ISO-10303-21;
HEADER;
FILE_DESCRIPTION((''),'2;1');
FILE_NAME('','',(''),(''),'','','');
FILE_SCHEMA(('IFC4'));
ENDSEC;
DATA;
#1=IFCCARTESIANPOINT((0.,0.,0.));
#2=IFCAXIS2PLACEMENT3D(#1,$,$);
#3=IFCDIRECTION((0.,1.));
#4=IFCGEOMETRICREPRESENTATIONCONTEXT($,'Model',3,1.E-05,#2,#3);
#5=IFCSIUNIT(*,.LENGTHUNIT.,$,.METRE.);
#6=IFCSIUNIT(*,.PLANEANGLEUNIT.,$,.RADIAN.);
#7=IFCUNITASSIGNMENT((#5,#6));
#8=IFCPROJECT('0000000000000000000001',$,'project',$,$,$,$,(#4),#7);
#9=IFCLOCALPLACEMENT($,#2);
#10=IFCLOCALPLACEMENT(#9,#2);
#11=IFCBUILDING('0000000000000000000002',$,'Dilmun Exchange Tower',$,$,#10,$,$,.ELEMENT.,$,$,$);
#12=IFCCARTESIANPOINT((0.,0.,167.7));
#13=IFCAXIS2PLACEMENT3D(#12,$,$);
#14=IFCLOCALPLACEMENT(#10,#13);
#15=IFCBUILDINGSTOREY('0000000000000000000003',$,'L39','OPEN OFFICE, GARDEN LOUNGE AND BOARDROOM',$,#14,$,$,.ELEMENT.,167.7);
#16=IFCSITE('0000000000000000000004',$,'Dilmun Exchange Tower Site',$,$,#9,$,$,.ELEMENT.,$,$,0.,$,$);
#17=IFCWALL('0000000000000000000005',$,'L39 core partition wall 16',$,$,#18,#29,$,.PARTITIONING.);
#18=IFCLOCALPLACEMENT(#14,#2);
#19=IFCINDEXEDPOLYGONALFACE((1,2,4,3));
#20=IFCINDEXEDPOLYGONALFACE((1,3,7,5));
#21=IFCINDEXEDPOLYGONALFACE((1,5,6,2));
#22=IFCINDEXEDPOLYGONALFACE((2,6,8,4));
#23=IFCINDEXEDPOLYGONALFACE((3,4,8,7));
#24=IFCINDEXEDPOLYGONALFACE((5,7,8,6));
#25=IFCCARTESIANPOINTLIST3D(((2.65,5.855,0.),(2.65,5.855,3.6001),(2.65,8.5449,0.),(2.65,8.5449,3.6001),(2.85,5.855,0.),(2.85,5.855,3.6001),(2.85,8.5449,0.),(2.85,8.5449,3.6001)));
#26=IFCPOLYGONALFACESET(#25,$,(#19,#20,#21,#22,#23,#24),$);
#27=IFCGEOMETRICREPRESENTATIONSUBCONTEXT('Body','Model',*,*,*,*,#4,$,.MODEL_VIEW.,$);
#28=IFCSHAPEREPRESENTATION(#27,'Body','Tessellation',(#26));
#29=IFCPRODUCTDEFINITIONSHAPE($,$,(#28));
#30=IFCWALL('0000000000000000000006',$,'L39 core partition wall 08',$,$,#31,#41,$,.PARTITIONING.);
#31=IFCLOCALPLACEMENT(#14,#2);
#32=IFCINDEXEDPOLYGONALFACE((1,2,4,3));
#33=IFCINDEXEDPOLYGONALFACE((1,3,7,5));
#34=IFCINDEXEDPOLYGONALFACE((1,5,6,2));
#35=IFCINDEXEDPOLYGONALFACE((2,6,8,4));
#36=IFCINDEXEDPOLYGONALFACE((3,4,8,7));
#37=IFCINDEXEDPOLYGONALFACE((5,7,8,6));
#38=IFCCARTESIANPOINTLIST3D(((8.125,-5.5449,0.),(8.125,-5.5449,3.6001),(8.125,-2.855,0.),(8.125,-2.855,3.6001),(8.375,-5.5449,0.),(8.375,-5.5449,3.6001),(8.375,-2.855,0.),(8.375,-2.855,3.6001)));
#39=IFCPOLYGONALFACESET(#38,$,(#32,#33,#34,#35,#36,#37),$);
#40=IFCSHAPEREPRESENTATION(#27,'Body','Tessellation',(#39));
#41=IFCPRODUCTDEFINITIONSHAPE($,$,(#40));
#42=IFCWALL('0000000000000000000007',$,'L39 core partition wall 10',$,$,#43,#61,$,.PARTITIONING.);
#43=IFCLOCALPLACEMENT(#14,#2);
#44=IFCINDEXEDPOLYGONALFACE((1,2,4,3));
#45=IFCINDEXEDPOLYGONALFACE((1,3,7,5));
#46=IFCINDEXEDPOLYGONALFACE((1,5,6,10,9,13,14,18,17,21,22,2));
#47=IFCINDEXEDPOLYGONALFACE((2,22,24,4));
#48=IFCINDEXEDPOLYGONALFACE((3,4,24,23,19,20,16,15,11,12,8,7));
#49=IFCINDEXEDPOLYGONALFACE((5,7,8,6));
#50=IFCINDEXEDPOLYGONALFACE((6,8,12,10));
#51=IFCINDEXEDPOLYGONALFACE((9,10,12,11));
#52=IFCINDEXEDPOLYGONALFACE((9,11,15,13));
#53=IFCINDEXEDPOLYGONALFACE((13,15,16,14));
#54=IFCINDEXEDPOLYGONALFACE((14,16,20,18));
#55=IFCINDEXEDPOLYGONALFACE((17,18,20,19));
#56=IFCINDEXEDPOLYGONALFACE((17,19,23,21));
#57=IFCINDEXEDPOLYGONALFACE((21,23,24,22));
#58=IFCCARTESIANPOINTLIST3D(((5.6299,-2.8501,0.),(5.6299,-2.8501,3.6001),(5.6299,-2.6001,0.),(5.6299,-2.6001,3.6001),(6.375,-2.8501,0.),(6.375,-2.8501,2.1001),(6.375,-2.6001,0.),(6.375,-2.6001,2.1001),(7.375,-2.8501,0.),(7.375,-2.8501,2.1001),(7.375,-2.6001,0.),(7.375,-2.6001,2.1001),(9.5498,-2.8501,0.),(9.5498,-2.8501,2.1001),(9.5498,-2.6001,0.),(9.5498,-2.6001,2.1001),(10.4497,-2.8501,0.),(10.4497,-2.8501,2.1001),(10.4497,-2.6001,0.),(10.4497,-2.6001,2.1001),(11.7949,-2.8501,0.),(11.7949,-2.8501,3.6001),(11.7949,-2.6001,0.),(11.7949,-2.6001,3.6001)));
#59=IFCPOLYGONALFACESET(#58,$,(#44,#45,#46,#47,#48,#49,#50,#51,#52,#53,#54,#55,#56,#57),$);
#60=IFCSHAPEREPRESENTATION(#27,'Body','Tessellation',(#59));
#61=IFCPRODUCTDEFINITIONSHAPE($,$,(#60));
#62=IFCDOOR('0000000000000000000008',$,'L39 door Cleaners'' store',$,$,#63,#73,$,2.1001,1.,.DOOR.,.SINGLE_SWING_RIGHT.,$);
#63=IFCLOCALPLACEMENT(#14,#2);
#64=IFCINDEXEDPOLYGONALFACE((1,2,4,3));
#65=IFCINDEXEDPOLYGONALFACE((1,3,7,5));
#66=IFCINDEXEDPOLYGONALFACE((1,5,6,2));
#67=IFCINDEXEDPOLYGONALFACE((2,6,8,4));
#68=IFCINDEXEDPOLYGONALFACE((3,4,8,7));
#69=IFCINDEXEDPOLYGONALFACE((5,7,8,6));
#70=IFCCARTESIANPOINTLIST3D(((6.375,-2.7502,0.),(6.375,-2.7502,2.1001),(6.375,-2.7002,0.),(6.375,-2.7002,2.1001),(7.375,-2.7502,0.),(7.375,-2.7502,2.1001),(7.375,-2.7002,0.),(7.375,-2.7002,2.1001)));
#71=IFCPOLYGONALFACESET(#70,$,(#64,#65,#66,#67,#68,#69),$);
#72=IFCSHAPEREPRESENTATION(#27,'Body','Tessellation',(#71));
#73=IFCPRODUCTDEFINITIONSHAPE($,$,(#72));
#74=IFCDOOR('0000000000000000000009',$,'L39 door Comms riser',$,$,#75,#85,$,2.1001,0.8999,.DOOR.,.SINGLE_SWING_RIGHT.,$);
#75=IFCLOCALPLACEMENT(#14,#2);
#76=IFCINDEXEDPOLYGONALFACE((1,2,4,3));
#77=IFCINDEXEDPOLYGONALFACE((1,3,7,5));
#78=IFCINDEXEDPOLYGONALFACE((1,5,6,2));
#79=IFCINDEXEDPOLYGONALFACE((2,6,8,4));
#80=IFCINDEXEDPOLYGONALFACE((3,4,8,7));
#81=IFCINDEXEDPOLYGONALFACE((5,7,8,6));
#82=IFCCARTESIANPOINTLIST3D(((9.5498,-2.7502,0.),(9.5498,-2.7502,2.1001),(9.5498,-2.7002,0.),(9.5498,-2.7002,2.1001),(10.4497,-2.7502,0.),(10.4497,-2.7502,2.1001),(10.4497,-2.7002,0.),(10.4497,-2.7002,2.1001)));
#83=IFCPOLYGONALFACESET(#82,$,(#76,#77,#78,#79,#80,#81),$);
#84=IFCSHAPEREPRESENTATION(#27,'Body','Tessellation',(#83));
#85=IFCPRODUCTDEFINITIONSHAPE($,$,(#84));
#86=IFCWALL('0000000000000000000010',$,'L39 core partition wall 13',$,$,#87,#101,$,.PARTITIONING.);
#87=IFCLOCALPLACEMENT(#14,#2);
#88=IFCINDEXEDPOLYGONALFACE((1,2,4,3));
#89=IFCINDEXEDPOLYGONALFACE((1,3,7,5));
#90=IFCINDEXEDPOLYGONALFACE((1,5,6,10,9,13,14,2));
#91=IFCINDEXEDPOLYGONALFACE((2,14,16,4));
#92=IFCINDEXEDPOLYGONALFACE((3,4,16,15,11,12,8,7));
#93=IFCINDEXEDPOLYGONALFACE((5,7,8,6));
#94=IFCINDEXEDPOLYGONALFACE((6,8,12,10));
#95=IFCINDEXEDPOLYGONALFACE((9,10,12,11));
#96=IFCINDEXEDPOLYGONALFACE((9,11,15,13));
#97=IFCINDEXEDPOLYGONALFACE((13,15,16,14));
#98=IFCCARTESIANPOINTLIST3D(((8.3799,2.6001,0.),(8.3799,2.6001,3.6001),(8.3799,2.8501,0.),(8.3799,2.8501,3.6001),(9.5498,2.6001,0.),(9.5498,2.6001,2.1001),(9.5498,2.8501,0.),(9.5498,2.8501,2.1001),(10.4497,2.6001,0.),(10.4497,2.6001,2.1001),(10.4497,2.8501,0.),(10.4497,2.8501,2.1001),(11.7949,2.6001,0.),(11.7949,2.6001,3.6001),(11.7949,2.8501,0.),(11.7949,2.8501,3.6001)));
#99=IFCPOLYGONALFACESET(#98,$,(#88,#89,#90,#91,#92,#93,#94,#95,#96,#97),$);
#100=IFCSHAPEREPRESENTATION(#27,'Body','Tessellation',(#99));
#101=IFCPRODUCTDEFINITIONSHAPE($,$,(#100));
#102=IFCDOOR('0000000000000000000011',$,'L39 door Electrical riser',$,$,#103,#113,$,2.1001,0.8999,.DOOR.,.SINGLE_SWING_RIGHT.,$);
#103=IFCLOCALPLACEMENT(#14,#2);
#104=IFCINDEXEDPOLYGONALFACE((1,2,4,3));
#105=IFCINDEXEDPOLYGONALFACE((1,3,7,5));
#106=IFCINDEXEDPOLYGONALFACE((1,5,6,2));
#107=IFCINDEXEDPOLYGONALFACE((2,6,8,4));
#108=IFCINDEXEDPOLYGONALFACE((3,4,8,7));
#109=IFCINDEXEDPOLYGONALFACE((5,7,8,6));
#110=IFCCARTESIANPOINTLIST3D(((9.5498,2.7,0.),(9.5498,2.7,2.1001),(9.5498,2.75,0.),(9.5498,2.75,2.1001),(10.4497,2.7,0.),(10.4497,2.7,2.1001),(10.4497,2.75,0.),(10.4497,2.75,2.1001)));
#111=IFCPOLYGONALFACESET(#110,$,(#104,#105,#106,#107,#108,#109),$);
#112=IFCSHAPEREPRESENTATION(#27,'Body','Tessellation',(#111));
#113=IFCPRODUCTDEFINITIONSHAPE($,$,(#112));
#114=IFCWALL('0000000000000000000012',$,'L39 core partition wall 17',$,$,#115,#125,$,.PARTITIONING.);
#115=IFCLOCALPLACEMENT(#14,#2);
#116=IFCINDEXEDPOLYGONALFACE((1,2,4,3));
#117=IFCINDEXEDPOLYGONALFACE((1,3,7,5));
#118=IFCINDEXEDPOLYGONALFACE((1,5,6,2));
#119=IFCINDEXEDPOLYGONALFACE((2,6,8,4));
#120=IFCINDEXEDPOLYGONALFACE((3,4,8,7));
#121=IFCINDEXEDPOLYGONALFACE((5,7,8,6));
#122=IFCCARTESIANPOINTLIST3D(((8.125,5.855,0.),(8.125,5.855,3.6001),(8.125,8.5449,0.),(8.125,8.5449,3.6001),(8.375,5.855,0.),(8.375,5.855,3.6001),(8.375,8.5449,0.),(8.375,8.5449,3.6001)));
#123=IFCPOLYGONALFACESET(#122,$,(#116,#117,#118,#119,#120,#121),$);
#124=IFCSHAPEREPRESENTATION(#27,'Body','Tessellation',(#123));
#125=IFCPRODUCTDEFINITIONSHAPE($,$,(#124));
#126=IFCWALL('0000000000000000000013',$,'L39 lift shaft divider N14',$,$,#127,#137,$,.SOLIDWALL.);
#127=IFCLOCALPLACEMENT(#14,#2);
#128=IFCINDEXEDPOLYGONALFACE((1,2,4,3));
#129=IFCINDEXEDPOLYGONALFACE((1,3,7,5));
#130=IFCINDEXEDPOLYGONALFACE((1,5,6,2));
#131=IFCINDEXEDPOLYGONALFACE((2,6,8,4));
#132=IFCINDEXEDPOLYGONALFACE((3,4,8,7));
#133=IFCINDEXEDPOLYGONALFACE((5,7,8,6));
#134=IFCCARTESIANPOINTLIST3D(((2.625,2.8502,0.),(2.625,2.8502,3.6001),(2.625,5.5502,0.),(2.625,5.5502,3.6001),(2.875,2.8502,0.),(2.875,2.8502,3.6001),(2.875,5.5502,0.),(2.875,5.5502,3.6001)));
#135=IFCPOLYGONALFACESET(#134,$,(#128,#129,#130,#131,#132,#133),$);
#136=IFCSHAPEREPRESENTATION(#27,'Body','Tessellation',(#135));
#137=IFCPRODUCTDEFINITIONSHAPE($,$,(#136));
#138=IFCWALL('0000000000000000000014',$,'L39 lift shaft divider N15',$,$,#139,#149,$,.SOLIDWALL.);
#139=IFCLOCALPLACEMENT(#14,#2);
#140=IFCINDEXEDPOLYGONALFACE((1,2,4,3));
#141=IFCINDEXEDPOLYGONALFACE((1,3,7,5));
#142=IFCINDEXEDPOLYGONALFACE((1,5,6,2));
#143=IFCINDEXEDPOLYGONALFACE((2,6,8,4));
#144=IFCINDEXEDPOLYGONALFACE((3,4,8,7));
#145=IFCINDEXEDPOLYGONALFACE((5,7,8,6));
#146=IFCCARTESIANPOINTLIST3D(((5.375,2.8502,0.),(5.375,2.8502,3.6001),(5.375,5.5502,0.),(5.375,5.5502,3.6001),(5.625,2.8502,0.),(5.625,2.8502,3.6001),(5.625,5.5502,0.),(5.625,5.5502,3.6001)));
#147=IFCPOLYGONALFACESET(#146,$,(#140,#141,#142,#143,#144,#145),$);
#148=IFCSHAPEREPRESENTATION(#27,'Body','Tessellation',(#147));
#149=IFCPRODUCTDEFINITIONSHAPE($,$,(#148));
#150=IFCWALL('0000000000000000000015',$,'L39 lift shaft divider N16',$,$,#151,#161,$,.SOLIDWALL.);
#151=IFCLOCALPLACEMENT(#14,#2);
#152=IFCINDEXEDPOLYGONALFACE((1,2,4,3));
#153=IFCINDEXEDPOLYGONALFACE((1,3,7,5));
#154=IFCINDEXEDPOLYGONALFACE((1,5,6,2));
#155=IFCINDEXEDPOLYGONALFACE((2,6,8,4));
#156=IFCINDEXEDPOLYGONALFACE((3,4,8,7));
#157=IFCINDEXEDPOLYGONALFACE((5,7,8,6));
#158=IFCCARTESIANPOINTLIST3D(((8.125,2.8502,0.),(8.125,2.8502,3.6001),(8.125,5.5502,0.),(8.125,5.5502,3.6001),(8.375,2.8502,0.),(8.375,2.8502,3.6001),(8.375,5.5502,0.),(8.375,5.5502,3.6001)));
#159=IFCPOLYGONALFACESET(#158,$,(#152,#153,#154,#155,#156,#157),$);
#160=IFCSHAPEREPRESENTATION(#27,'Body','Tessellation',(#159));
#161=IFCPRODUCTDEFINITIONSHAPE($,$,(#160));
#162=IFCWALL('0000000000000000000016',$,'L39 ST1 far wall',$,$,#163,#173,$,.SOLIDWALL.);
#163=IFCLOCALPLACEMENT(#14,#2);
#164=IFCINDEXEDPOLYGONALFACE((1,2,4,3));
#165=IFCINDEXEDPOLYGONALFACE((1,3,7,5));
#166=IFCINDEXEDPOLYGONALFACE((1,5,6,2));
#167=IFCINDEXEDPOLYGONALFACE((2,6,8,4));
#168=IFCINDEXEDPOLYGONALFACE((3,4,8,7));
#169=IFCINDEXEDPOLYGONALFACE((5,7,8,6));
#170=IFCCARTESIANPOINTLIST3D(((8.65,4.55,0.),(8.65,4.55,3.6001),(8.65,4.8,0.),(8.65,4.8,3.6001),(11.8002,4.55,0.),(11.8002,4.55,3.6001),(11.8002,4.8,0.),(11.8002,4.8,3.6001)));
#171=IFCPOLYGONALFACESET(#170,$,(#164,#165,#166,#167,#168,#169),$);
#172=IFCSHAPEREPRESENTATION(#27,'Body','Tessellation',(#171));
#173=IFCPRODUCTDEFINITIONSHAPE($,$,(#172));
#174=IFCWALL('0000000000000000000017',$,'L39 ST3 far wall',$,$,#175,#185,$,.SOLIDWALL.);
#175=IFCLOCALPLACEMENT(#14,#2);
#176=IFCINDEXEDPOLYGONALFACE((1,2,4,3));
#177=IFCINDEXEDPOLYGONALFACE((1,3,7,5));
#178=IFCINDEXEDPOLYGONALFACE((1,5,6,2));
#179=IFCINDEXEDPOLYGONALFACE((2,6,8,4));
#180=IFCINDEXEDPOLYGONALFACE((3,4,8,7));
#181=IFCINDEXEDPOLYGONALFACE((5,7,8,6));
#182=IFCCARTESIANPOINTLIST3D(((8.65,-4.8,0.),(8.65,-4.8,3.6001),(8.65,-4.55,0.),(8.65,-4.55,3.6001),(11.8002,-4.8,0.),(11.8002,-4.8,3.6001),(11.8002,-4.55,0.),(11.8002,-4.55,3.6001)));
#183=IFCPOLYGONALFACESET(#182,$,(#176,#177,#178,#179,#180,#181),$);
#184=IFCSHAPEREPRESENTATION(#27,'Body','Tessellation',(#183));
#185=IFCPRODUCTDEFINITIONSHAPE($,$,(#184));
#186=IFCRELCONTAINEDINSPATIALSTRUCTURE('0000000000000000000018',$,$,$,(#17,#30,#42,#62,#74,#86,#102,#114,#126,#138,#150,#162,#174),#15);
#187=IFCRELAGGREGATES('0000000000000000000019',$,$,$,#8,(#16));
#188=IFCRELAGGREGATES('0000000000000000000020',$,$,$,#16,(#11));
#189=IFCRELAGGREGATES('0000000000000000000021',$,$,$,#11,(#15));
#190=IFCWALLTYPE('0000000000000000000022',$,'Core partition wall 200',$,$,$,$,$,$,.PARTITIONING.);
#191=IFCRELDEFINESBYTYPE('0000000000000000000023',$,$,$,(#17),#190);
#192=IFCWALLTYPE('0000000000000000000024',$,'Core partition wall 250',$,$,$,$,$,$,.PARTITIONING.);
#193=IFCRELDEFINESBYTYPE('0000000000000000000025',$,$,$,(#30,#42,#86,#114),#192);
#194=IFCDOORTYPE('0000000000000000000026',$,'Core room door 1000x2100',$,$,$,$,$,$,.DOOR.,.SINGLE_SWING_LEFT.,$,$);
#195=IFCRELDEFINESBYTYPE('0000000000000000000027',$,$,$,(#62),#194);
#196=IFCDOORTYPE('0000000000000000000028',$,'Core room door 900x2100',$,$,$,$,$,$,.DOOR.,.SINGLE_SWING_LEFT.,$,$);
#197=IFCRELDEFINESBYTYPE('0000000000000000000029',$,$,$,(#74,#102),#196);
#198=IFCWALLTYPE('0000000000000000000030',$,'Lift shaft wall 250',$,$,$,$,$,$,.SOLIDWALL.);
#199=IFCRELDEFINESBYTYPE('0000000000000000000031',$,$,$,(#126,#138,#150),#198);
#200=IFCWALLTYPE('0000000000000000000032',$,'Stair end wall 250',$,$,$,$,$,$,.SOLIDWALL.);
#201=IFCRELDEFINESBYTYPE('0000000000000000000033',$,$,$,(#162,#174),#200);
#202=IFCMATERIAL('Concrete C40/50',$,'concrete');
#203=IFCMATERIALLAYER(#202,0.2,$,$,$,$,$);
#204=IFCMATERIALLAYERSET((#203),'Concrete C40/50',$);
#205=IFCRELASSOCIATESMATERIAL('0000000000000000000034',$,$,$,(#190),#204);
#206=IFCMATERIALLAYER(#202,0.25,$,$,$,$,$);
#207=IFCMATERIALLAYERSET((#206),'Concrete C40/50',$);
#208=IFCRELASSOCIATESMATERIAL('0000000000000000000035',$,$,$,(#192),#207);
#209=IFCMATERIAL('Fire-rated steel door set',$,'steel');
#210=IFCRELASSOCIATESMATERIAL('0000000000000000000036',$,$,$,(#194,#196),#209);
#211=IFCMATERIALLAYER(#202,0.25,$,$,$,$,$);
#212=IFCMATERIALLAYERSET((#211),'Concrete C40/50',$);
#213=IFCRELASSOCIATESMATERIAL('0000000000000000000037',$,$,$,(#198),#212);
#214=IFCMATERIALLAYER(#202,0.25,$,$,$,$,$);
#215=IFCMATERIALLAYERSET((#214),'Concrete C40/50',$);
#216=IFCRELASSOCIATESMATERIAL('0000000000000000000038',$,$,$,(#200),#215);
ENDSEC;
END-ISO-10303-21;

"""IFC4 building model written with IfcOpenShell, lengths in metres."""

from ifc_helpers import new_model, si_unit, direction, frame, frame_2d, origin, place, context, subcontext, project, spatial, rectangle, extrude, material, layer, layer_set, type_object, element, fill, save


model = new_model("IFC4")

# Units and contexts
model_context = context("Model", 3, precision=1e-05, world=origin(), true_north=direction((0.0, 1.0)))
body_context = subcontext(model_context, "Body", "Model", "MODEL_VIEW")
ifc_project = project(units=[si_unit("LENGTHUNIT", "METRE"), si_unit("PLANEANGLEUNIT", "RADIAN")], contexts=[model_context])

# Site, building, storey
site_placement = place(None, origin())
site = spatial("IfcSite", under=ifc_project, at=site_placement, Name="Dilmun Exchange Tower Site", CompositionType="ELEMENT", RefElevation=0.0)
building_placement = place(site_placement, origin())
building = spatial("IfcBuilding", under=site, at=building_placement, Name="Dilmun Exchange Tower", CompositionType="ELEMENT")
storey_placement = place(building_placement, frame((0.0, 0.0, 167.7)))
storey = spatial("IfcBuildingStorey", under=building, at=storey_placement, Name="L39", Description="OPEN OFFICE, GARDEN LOUNGE AND BOARDROOM", CompositionType="ELEMENT", Elevation=167.7)

# Shared definitions
ifc_material_1 = material(Name="Concrete C40/50", Category="concrete")
ifc_layer_1 = layer(ifc_material_1, 0.2)
ifc_layer_set_1 = layer_set([ifc_layer_1], Name="Concrete C40/50")
wall_type_1 = type_object("IfcWallType", Name="Core partition wall 200", PredefinedType="PARTITIONING", material=ifc_layer_set_1)
ifc_material_2 = material(Name="Fire-rated steel door set", Category="steel")

# Walls
wall_1_placement = place(storey_placement, frame((2.75, 5.855, 0.0), z_axis=(0.0, 0.0, 1.0), x_axis=(0.0, 1.0, 0.0)))
element("IfcWall", 1, at=wall_1_placement, inside=storey, type_object=wall_type_1, Name="L39 core partition wall 16", PredefinedType="PARTITIONING", context=body_context, shape_type="SweptSolid", body=[
    extrude(rectangle(XDim=2.6899, YDim=0.2, at=frame_2d((1.345, 0.0))), origin(), (0.0, 0.0, 1.0), 3.6001),
])
ifc_layer_2 = layer(ifc_material_1, 0.25)
ifc_layer_set_2 = layer_set([ifc_layer_2], Name="Concrete C40/50")
wall_type_2 = type_object("IfcWallType", Name="Core partition wall 250", PredefinedType="PARTITIONING", material=ifc_layer_set_2)
wall_2_placement = place(storey_placement, frame((8.25, -5.5449, 0.0), z_axis=(0.0, 0.0, 1.0), x_axis=(0.0, 1.0, 0.0)))
element("IfcWall", 2, at=wall_2_placement, inside=storey, type_object=wall_type_2, Name="L39 core partition wall 08", PredefinedType="PARTITIONING", context=body_context, shape_type="SweptSolid", body=[
    extrude(rectangle(XDim=2.6899, YDim=0.25, at=frame_2d((1.345, 0.0))), origin(), (0.0, 0.0, 1.0), 3.6001),
])

# Wall, openings, doors
wall_3_placement = place(storey_placement, frame((5.6299, -2.7251, 0.0), z_axis=(0.0, 0.0, 1.0), x_axis=(1.0, 0.0, 0.0)))
wall_3 = element("IfcWall", 3, at=wall_3_placement, inside=storey, type_object=wall_type_2, Name="L39 core partition wall 10", PredefinedType="PARTITIONING", context=body_context, shape_type="SweptSolid", body=[
    extrude(rectangle(XDim=6.165, YDim=0.25, at=frame_2d((3.0825, 0.0))), origin(), (0.0, 0.0, 1.0), 3.6001),
])
opening_1_placement = place(wall_3_placement, frame((0.7451, 0.0, 0.0)))
opening_1 = element("IfcOpeningElement", 4, at=opening_1_placement, cuts=wall_3, PredefinedType="OPENING", context=body_context, shape_type="SweptSolid", body=[
    extrude(rectangle(XDim=1.0, YDim=2.1001, at=frame_2d((0.5, 1.05))), frame((0.0, 0.135, 0.0), z_axis=(0.0, -1.0, 0.0), x_axis=(1.0, 0.0, 0.0)), (0.0, 0.0, 1.0), 0.27),
])
opening_2_placement = place(wall_3_placement, frame((3.9199, 0.0, 0.0)))
opening_2 = element("IfcOpeningElement", 5, at=opening_2_placement, cuts=wall_3, PredefinedType="OPENING", context=body_context, shape_type="SweptSolid", body=[
    extrude(rectangle(XDim=0.8999, YDim=2.1001, at=frame_2d((0.45, 1.05))), frame((0.0, 0.135, 0.0), z_axis=(0.0, -1.0, 0.0), x_axis=(1.0, 0.0, 0.0)), (0.0, 0.0, 1.0), 0.27),
])
door_type_1 = type_object("IfcDoorType", Name="Core room door 1000x2100", OperationType="SINGLE_SWING_LEFT", PredefinedType="DOOR", material=ifc_material_2)
door_1_placement = place(opening_1_placement, origin())
door_1 = element("IfcDoor", 6, at=door_1_placement, inside=storey, type_object=door_type_1, Name="L39 door Cleaners' store", OperationType="SINGLE_SWING_RIGHT", OverallHeight=2.1001, OverallWidth=1.0, PredefinedType="DOOR", context=body_context, shape_type="SweptSolid", body=[
    extrude(rectangle(XDim=1.0, YDim=2.1001, at=frame_2d((0.5, 1.05))), frame((0.0, 0.0249, 0.0), z_axis=(0.0, -1.0, 0.0), x_axis=(1.0, 0.0, 0.0)), (0.0, 0.0, 1.0), 0.05),
])
fill(opening_1, door_1)
door_type_2 = type_object("IfcDoorType", Name="Core room door 900x2100", OperationType="SINGLE_SWING_LEFT", PredefinedType="DOOR", material=ifc_material_2)
door_2_placement = place(opening_2_placement, origin())
door_2 = element("IfcDoor", 7, at=door_2_placement, inside=storey, type_object=door_type_2, Name="L39 door Comms riser", OperationType="SINGLE_SWING_RIGHT", OverallHeight=2.1001, OverallWidth=0.8999, PredefinedType="DOOR", context=body_context, shape_type="SweptSolid", body=[
    extrude(rectangle(XDim=0.8999, YDim=2.1001, at=frame_2d((0.45, 1.05))), frame((0.0, 0.0249, 0.0), z_axis=(0.0, -1.0, 0.0), x_axis=(1.0, 0.0, 0.0)), (0.0, 0.0, 1.0), 0.05),
])
fill(opening_2, door_2)

# Wall, opening, door
wall_4_placement = place(storey_placement, frame((8.3799, 2.7251, 0.0), z_axis=(0.0, 0.0, 1.0), x_axis=(1.0, 0.0, 0.0)))
wall_4 = element("IfcWall", 8, at=wall_4_placement, inside=storey, type_object=wall_type_2, Name="L39 core partition wall 13", PredefinedType="PARTITIONING", context=body_context, shape_type="SweptSolid", body=[
    extrude(rectangle(XDim=3.415, YDim=0.25, at=frame_2d((1.7075, 0.0))), origin(), (0.0, 0.0, 1.0), 3.6001),
])
opening_3_placement = place(wall_4_placement, frame((1.1699, 0.0, 0.0)))
opening_3 = element("IfcOpeningElement", 9, at=opening_3_placement, cuts=wall_4, PredefinedType="OPENING", context=body_context, shape_type="SweptSolid", body=[
    extrude(rectangle(XDim=0.8999, YDim=2.1001, at=frame_2d((0.45, 1.05))), frame((0.0, 0.135, 0.0), z_axis=(0.0, -1.0, 0.0), x_axis=(1.0, 0.0, 0.0)), (0.0, 0.0, 1.0), 0.27),
])
door_3_placement = place(opening_3_placement, origin())
door_3 = element("IfcDoor", 10, at=door_3_placement, inside=storey, type_object=door_type_2, Name="L39 door Electrical riser", OperationType="SINGLE_SWING_RIGHT", OverallHeight=2.1001, OverallWidth=0.8999, PredefinedType="DOOR", context=body_context, shape_type="SweptSolid", body=[
    extrude(rectangle(XDim=0.8999, YDim=2.1001, at=frame_2d((0.45, 1.05))), frame((0.0, 0.0249, 0.0), z_axis=(0.0, -1.0, 0.0), x_axis=(1.0, 0.0, 0.0)), (0.0, 0.0, 1.0), 0.05),
])
fill(opening_3, door_3)

# Walls
wall_5_placement = place(storey_placement, frame((8.25, 5.855, 0.0), z_axis=(0.0, 0.0, 1.0), x_axis=(0.0, 1.0, 0.0)))
element("IfcWall", 11, at=wall_5_placement, inside=storey, type_object=wall_type_2, Name="L39 core partition wall 17", PredefinedType="PARTITIONING", context=body_context, shape_type="SweptSolid", body=[
    extrude(rectangle(XDim=2.6899, YDim=0.25, at=frame_2d((1.345, 0.0))), origin(), (0.0, 0.0, 1.0), 3.6001),
])
ifc_layer_3 = layer(ifc_material_1, 0.25)
ifc_layer_set_3 = layer_set([ifc_layer_3], Name="Concrete C40/50")
wall_type_3 = type_object("IfcWallType", Name="Lift shaft wall 250", PredefinedType="SOLIDWALL", material=ifc_layer_set_3)
for number, where, z_axis, x_axis, name in (
    (12, (2.75, 2.8501, 0.0), (0.0, 0.0, 1.0), (0.0, 1.0, 0.0), "L39 lift shaft divider N14"),
    (13, (5.5, 2.8501, 0.0), (0.0, 0.0, 1.0), (0.0, 1.0, 0.0), "L39 lift shaft divider N15"),
    (14, (8.25, 2.8501, 0.0), (0.0, 0.0, 1.0), (0.0, 1.0, 0.0), "L39 lift shaft divider N16"),
):
    element("IfcWall", number, at=place(storey_placement, frame(where, z_axis=z_axis, x_axis=x_axis)), inside=storey, type_object=wall_type_3, Name=name, PredefinedType="SOLIDWALL", context=body_context, shape_type="SweptSolid", body=[
        extrude(rectangle(XDim=2.7, YDim=0.25, at=frame_2d((1.3501, 0.0))), origin(), (0.0, 0.0, 1.0), 3.6001),
    ])
ifc_layer_4 = layer(ifc_material_1, 0.25)
ifc_layer_set_4 = layer_set([ifc_layer_4], Name="Concrete C40/50")
wall_type_4 = type_object("IfcWallType", Name="Stair end wall 250", PredefinedType="SOLIDWALL", material=ifc_layer_set_4)
for number, where, z_axis, x_axis, name in (
    (15, (8.6499, 4.675, 0.0), (0.0, 0.0, 1.0), (1.0, 0.0, 0.0), "L39 ST1 far wall"),
    (16, (8.6499, -4.675, 0.0), (0.0, 0.0, 1.0), (1.0, 0.0, 0.0), "L39 ST3 far wall"),
):
    element("IfcWall", number, at=place(storey_placement, frame(where, z_axis=z_axis, x_axis=x_axis)), inside=storey, type_object=wall_type_4, Name=name, PredefinedType="SOLIDWALL", context=body_context, shape_type="SweptSolid", body=[
        extrude(rectangle(XDim=3.1501, YDim=0.25, at=frame_2d((1.5752, 0.0))), origin(), (0.0, 0.0, 1.0), 3.6001),
    ])

save(model, "model.ifc")
